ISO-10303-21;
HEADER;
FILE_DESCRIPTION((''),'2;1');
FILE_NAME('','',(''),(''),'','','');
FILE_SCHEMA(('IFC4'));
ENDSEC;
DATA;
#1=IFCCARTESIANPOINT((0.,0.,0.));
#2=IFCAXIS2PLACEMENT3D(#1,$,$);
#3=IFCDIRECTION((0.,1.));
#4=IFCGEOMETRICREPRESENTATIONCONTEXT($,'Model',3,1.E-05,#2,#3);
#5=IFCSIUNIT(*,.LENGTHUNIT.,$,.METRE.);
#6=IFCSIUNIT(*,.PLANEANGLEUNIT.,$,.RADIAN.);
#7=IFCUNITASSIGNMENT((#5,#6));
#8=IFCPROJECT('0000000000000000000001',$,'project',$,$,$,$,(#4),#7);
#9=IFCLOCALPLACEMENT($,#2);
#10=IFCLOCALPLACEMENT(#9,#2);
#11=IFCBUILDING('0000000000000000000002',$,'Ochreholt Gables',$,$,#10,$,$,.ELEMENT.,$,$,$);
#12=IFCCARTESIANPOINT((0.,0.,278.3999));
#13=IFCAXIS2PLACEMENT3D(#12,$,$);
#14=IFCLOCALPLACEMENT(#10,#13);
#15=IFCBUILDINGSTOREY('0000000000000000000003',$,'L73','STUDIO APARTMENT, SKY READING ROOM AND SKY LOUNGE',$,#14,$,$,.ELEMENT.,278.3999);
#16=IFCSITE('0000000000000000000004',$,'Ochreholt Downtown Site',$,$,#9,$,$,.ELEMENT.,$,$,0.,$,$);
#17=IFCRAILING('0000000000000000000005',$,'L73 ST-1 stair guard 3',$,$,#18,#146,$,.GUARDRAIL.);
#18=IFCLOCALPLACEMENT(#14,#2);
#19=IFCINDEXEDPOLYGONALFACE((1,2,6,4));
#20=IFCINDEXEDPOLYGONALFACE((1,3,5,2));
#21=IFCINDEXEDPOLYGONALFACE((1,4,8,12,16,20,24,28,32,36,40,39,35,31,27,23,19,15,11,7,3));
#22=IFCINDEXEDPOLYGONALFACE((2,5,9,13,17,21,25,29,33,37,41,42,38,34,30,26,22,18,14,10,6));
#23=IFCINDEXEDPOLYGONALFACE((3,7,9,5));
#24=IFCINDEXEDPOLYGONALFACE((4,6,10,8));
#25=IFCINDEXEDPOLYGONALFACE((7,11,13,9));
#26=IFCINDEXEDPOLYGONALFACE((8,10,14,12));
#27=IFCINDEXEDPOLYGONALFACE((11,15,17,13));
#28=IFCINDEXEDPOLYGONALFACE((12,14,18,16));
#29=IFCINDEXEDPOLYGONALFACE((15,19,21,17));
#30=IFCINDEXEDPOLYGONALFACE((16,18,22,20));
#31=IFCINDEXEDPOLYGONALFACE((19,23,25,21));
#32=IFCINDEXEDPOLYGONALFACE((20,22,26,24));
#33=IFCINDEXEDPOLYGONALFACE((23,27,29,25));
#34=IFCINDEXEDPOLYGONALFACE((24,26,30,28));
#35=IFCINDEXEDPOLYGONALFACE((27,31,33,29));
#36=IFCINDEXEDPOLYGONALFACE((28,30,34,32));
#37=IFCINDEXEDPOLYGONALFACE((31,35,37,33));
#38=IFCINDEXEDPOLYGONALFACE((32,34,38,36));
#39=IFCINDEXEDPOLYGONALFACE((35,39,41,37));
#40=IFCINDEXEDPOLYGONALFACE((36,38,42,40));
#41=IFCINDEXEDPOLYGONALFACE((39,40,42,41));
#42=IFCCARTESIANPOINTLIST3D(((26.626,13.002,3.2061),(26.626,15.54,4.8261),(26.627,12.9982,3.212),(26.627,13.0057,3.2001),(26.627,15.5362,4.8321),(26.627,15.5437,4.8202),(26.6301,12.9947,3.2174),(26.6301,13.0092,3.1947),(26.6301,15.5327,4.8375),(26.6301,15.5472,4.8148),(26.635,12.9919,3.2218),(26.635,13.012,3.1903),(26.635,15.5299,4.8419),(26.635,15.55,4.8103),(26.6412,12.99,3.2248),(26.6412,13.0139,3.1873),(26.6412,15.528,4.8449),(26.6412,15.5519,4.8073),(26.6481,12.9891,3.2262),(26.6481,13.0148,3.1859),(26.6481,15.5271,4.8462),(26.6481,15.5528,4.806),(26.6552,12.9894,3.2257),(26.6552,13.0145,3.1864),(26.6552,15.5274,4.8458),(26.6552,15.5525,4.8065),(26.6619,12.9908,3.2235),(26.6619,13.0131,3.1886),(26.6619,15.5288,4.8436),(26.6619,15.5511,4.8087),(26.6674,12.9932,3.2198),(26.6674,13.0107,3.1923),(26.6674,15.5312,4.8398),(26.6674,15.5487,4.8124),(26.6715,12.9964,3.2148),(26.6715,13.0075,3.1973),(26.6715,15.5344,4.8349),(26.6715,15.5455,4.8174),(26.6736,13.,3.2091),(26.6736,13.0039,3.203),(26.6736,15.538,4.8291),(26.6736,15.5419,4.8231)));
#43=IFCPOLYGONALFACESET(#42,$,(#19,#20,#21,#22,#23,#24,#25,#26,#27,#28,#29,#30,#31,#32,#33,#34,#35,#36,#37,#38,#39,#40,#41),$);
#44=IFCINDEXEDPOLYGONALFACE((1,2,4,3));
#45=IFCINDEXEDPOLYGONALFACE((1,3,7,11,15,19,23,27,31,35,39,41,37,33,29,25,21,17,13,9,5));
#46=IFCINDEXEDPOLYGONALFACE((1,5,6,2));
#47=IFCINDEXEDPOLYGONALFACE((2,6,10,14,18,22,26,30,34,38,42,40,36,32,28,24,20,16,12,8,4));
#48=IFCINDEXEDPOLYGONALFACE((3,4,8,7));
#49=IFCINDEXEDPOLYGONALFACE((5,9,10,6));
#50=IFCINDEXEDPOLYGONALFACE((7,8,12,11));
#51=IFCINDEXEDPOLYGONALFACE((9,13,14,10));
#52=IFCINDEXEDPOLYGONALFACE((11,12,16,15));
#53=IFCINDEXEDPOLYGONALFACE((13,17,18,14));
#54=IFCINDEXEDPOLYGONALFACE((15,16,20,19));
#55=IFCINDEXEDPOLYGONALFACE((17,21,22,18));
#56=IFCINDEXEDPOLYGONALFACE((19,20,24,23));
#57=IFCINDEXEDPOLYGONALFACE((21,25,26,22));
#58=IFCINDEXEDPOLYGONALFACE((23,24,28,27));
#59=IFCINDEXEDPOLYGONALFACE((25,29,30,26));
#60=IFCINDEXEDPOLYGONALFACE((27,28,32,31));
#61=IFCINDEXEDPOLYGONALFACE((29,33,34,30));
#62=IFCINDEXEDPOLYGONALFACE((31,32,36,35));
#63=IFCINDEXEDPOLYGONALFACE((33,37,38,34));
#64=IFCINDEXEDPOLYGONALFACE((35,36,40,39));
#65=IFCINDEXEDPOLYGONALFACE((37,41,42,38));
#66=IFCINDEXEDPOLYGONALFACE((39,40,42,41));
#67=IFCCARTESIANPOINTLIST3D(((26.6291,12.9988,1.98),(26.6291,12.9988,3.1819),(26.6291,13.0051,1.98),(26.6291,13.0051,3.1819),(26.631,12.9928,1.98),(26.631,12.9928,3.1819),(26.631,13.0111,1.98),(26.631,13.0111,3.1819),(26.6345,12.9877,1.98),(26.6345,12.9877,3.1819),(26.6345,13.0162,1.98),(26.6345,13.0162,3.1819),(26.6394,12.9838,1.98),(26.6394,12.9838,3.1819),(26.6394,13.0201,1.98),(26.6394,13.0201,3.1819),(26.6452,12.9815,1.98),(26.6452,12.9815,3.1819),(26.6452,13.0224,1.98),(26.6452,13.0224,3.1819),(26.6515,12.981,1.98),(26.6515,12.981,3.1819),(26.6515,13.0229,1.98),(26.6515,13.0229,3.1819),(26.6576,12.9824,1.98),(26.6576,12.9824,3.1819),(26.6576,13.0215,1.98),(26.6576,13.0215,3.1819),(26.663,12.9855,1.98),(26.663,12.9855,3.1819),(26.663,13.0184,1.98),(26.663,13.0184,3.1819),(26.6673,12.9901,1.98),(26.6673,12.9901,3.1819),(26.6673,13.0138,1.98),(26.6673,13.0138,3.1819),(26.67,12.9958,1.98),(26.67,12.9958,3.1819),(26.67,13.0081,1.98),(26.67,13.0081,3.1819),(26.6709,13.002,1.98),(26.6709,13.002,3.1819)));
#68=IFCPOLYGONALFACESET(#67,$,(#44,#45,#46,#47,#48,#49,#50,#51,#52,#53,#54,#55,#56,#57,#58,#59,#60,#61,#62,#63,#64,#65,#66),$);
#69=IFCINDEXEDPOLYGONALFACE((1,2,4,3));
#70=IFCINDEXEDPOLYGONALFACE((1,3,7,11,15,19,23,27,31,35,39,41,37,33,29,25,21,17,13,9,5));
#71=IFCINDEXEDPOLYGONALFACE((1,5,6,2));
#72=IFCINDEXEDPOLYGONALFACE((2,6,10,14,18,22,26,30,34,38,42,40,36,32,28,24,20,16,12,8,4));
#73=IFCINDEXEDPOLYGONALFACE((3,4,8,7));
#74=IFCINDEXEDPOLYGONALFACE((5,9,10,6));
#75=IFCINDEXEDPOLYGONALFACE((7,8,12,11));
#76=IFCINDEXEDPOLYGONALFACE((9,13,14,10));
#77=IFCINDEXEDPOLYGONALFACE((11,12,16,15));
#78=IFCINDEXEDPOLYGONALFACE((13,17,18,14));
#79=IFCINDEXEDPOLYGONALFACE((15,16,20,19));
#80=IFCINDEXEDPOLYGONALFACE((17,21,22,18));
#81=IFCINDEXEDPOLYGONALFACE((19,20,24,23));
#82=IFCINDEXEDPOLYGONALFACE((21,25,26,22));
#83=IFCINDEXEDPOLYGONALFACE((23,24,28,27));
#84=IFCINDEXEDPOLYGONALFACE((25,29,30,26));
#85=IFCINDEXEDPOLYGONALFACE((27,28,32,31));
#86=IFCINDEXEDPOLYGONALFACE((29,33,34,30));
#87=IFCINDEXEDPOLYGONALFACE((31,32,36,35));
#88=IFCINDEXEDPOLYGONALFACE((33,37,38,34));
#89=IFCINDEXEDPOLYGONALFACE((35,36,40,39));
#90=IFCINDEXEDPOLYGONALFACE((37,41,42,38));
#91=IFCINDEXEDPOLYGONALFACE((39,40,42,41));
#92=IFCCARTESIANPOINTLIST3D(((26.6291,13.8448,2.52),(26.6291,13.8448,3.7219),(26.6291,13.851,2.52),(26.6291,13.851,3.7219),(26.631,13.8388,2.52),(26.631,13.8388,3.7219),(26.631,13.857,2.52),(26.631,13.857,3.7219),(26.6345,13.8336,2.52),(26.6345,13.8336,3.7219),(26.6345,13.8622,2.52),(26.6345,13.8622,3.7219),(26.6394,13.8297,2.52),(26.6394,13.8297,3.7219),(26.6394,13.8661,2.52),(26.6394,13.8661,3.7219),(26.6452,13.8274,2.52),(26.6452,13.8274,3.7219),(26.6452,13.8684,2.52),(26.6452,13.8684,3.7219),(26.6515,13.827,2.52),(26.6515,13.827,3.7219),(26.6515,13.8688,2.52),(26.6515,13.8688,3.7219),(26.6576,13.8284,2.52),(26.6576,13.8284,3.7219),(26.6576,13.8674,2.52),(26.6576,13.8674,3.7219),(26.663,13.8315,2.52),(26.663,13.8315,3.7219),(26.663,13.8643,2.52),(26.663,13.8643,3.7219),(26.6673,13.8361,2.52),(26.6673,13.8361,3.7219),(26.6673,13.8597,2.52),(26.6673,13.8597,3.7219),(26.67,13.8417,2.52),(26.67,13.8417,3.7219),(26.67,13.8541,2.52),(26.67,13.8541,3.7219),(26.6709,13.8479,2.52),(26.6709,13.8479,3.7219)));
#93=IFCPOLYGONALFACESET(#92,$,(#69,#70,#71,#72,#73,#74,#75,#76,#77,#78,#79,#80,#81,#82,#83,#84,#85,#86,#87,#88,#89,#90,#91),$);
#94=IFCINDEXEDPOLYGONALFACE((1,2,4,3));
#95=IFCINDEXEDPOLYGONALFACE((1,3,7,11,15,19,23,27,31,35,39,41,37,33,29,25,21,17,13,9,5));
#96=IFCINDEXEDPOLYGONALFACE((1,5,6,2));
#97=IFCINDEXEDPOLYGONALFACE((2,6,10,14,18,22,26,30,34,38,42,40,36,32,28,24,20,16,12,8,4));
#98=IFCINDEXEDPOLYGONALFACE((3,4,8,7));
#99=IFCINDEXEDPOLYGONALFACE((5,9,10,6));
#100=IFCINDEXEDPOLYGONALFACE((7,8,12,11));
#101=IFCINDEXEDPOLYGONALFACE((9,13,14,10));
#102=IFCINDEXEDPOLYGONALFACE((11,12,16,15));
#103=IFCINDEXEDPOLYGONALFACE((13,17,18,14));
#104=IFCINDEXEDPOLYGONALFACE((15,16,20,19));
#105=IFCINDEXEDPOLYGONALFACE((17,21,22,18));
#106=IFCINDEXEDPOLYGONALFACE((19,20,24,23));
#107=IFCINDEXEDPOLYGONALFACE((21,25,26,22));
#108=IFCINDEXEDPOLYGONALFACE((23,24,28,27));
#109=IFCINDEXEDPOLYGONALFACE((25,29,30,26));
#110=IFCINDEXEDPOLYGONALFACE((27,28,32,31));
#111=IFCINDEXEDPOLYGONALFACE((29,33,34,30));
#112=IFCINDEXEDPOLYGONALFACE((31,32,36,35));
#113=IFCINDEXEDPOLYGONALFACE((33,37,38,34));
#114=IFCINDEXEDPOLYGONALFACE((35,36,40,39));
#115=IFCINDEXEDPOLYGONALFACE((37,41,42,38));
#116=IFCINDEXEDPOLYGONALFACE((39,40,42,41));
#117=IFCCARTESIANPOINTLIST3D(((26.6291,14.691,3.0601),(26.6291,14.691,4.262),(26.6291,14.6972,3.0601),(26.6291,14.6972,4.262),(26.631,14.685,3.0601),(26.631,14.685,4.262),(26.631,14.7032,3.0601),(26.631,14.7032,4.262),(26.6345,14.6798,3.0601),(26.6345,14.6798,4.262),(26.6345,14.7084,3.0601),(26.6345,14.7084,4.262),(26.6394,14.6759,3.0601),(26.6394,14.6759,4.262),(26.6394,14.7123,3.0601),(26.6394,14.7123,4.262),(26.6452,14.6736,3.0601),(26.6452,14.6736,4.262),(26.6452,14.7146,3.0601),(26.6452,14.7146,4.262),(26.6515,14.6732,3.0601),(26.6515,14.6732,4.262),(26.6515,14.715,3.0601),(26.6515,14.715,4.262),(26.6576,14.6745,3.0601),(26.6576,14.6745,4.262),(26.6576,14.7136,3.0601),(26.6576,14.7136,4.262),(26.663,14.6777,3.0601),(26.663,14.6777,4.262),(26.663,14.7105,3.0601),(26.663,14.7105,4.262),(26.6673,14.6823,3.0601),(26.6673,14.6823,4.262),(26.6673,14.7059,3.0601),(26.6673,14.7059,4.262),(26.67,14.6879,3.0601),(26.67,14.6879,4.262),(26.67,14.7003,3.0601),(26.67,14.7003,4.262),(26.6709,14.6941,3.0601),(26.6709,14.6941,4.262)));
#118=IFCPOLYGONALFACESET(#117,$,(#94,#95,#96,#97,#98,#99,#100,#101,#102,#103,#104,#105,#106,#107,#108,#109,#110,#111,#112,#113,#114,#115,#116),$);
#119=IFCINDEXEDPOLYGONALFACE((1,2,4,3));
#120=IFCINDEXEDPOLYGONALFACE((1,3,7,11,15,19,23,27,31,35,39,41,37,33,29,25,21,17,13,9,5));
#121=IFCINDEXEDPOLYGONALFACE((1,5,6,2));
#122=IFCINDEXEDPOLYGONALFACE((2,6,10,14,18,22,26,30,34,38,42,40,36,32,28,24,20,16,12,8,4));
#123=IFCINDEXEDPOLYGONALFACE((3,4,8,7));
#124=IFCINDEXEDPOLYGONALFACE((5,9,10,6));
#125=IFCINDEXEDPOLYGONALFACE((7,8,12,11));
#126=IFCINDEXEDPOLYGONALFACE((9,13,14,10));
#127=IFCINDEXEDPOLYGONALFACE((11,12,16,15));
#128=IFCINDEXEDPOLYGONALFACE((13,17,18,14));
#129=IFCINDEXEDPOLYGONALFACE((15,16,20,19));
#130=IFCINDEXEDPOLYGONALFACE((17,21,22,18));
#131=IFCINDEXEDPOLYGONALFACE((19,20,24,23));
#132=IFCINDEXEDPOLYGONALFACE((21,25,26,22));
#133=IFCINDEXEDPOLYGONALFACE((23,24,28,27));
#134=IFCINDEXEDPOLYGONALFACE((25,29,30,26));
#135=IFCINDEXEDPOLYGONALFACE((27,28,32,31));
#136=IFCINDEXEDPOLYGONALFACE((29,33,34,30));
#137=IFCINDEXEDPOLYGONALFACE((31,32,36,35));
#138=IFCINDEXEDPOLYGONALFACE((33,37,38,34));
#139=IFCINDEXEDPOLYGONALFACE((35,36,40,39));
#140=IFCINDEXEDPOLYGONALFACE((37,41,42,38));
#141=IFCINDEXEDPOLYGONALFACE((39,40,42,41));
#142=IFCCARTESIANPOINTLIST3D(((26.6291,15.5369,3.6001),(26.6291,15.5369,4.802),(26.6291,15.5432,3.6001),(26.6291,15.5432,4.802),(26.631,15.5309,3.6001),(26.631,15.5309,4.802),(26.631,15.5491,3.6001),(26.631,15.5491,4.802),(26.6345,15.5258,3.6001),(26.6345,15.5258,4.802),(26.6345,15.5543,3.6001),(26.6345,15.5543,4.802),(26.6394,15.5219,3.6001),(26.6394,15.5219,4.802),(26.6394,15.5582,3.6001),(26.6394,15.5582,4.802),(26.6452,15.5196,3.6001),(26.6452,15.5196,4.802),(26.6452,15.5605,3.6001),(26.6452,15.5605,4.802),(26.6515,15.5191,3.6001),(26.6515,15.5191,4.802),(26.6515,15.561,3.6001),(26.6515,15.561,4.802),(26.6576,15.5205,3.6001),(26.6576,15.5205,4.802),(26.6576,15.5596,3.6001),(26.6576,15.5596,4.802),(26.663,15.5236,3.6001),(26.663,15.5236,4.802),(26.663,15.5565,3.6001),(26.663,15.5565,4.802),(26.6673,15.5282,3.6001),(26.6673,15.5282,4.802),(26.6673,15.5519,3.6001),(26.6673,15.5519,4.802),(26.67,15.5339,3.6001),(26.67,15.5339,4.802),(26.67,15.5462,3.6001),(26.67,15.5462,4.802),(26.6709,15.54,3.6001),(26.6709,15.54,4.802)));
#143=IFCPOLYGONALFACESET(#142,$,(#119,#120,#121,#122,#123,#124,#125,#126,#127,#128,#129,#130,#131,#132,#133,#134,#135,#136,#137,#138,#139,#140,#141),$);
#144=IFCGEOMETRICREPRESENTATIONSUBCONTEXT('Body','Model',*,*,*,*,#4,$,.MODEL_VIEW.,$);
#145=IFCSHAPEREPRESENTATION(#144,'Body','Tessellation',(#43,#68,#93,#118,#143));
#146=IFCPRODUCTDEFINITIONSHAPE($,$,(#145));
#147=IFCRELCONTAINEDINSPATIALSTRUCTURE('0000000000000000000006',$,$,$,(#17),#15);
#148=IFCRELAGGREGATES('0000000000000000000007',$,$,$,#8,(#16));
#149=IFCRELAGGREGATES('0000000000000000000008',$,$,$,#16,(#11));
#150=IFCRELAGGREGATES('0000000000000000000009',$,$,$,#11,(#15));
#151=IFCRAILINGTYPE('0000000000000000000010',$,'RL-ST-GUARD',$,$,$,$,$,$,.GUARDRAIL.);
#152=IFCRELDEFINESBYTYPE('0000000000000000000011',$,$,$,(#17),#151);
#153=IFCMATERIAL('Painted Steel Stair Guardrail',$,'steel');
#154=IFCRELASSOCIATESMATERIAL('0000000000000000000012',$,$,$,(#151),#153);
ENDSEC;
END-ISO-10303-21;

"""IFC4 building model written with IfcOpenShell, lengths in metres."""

from ifc_helpers import new_model, si_unit, direction, frame, origin, origin_2d, place, context, subcontext, project, spatial, circle, extrude, material, type_object, element, save


model = new_model("IFC4")

# Units and contexts
model_context = context("Model", 3, precision=1e-05, world=origin(), true_north=direction((0.0, 1.0)))
body_context = subcontext(model_context, "Body", "Model", "MODEL_VIEW")
ifc_project = project(units=[si_unit("LENGTHUNIT", "METRE"), si_unit("PLANEANGLEUNIT", "RADIAN")], contexts=[model_context])

# Site, building, storey
site_placement = place(None, origin())
site = spatial("IfcSite", under=ifc_project, at=site_placement, Name="Ochreholt Downtown Site", CompositionType="ELEMENT", RefElevation=0.0)
building_placement = place(site_placement, origin())
building = spatial("IfcBuilding", under=site, at=building_placement, Name="Ochreholt Gables", CompositionType="ELEMENT")
storey_placement = place(building_placement, frame((0.0, 0.0, 278.3999)))
storey = spatial("IfcBuildingStorey", under=building, at=storey_placement, Name="L73", Description="STUDIO APARTMENT, SKY READING ROOM AND SKY LOUNGE", CompositionType="ELEMENT", Elevation=278.3999)

# Railing
ifc_material_1 = material(Name="Painted Steel Stair Guardrail", Category="steel")
railing_type_1 = type_object("IfcRailingType", Name="RL-ST-GUARD", PredefinedType="GUARDRAIL", material=ifc_material_1)
railing_1_placement = place(storey_placement, frame((26.6499, 13.002, 1.98)))
element("IfcRailing", 1, at=railing_1_placement, inside=storey, type_object=railing_type_1, Name="L73 ST-1 stair guard 3", PredefinedType="GUARDRAIL", context=body_context, shape_type="SweptSolid", body=[
    extrude(circle(Radius=0.0239, at=origin_2d()), frame((0.0, 0.0, 1.2261), z_axis=(0.0, 0.842913, 0.53805), x_axis=(-1.0, 0.0, 0.0)), (0.0, 0.0, 1.0), 3.011),
    extrude(circle(Radius=0.021, at=origin_2d()), origin(), (0.0, 0.0, 1.0), 1.2019),
    extrude(circle(Radius=0.021, at=origin_2d()), frame((0.0, 0.8459, 0.54)), (0.0, 0.0, 1.0), 1.2019),
    extrude(circle(Radius=0.021, at=origin_2d()), frame((0.0, 1.6921, 1.0801)), (0.0, 0.0, 1.0), 1.2019),
    extrude(circle(Radius=0.021, at=origin_2d()), frame((0.0, 2.5381, 1.6201)), (0.0, 0.0, 1.0), 1.2019),
])

save(model, "model.ifc")
